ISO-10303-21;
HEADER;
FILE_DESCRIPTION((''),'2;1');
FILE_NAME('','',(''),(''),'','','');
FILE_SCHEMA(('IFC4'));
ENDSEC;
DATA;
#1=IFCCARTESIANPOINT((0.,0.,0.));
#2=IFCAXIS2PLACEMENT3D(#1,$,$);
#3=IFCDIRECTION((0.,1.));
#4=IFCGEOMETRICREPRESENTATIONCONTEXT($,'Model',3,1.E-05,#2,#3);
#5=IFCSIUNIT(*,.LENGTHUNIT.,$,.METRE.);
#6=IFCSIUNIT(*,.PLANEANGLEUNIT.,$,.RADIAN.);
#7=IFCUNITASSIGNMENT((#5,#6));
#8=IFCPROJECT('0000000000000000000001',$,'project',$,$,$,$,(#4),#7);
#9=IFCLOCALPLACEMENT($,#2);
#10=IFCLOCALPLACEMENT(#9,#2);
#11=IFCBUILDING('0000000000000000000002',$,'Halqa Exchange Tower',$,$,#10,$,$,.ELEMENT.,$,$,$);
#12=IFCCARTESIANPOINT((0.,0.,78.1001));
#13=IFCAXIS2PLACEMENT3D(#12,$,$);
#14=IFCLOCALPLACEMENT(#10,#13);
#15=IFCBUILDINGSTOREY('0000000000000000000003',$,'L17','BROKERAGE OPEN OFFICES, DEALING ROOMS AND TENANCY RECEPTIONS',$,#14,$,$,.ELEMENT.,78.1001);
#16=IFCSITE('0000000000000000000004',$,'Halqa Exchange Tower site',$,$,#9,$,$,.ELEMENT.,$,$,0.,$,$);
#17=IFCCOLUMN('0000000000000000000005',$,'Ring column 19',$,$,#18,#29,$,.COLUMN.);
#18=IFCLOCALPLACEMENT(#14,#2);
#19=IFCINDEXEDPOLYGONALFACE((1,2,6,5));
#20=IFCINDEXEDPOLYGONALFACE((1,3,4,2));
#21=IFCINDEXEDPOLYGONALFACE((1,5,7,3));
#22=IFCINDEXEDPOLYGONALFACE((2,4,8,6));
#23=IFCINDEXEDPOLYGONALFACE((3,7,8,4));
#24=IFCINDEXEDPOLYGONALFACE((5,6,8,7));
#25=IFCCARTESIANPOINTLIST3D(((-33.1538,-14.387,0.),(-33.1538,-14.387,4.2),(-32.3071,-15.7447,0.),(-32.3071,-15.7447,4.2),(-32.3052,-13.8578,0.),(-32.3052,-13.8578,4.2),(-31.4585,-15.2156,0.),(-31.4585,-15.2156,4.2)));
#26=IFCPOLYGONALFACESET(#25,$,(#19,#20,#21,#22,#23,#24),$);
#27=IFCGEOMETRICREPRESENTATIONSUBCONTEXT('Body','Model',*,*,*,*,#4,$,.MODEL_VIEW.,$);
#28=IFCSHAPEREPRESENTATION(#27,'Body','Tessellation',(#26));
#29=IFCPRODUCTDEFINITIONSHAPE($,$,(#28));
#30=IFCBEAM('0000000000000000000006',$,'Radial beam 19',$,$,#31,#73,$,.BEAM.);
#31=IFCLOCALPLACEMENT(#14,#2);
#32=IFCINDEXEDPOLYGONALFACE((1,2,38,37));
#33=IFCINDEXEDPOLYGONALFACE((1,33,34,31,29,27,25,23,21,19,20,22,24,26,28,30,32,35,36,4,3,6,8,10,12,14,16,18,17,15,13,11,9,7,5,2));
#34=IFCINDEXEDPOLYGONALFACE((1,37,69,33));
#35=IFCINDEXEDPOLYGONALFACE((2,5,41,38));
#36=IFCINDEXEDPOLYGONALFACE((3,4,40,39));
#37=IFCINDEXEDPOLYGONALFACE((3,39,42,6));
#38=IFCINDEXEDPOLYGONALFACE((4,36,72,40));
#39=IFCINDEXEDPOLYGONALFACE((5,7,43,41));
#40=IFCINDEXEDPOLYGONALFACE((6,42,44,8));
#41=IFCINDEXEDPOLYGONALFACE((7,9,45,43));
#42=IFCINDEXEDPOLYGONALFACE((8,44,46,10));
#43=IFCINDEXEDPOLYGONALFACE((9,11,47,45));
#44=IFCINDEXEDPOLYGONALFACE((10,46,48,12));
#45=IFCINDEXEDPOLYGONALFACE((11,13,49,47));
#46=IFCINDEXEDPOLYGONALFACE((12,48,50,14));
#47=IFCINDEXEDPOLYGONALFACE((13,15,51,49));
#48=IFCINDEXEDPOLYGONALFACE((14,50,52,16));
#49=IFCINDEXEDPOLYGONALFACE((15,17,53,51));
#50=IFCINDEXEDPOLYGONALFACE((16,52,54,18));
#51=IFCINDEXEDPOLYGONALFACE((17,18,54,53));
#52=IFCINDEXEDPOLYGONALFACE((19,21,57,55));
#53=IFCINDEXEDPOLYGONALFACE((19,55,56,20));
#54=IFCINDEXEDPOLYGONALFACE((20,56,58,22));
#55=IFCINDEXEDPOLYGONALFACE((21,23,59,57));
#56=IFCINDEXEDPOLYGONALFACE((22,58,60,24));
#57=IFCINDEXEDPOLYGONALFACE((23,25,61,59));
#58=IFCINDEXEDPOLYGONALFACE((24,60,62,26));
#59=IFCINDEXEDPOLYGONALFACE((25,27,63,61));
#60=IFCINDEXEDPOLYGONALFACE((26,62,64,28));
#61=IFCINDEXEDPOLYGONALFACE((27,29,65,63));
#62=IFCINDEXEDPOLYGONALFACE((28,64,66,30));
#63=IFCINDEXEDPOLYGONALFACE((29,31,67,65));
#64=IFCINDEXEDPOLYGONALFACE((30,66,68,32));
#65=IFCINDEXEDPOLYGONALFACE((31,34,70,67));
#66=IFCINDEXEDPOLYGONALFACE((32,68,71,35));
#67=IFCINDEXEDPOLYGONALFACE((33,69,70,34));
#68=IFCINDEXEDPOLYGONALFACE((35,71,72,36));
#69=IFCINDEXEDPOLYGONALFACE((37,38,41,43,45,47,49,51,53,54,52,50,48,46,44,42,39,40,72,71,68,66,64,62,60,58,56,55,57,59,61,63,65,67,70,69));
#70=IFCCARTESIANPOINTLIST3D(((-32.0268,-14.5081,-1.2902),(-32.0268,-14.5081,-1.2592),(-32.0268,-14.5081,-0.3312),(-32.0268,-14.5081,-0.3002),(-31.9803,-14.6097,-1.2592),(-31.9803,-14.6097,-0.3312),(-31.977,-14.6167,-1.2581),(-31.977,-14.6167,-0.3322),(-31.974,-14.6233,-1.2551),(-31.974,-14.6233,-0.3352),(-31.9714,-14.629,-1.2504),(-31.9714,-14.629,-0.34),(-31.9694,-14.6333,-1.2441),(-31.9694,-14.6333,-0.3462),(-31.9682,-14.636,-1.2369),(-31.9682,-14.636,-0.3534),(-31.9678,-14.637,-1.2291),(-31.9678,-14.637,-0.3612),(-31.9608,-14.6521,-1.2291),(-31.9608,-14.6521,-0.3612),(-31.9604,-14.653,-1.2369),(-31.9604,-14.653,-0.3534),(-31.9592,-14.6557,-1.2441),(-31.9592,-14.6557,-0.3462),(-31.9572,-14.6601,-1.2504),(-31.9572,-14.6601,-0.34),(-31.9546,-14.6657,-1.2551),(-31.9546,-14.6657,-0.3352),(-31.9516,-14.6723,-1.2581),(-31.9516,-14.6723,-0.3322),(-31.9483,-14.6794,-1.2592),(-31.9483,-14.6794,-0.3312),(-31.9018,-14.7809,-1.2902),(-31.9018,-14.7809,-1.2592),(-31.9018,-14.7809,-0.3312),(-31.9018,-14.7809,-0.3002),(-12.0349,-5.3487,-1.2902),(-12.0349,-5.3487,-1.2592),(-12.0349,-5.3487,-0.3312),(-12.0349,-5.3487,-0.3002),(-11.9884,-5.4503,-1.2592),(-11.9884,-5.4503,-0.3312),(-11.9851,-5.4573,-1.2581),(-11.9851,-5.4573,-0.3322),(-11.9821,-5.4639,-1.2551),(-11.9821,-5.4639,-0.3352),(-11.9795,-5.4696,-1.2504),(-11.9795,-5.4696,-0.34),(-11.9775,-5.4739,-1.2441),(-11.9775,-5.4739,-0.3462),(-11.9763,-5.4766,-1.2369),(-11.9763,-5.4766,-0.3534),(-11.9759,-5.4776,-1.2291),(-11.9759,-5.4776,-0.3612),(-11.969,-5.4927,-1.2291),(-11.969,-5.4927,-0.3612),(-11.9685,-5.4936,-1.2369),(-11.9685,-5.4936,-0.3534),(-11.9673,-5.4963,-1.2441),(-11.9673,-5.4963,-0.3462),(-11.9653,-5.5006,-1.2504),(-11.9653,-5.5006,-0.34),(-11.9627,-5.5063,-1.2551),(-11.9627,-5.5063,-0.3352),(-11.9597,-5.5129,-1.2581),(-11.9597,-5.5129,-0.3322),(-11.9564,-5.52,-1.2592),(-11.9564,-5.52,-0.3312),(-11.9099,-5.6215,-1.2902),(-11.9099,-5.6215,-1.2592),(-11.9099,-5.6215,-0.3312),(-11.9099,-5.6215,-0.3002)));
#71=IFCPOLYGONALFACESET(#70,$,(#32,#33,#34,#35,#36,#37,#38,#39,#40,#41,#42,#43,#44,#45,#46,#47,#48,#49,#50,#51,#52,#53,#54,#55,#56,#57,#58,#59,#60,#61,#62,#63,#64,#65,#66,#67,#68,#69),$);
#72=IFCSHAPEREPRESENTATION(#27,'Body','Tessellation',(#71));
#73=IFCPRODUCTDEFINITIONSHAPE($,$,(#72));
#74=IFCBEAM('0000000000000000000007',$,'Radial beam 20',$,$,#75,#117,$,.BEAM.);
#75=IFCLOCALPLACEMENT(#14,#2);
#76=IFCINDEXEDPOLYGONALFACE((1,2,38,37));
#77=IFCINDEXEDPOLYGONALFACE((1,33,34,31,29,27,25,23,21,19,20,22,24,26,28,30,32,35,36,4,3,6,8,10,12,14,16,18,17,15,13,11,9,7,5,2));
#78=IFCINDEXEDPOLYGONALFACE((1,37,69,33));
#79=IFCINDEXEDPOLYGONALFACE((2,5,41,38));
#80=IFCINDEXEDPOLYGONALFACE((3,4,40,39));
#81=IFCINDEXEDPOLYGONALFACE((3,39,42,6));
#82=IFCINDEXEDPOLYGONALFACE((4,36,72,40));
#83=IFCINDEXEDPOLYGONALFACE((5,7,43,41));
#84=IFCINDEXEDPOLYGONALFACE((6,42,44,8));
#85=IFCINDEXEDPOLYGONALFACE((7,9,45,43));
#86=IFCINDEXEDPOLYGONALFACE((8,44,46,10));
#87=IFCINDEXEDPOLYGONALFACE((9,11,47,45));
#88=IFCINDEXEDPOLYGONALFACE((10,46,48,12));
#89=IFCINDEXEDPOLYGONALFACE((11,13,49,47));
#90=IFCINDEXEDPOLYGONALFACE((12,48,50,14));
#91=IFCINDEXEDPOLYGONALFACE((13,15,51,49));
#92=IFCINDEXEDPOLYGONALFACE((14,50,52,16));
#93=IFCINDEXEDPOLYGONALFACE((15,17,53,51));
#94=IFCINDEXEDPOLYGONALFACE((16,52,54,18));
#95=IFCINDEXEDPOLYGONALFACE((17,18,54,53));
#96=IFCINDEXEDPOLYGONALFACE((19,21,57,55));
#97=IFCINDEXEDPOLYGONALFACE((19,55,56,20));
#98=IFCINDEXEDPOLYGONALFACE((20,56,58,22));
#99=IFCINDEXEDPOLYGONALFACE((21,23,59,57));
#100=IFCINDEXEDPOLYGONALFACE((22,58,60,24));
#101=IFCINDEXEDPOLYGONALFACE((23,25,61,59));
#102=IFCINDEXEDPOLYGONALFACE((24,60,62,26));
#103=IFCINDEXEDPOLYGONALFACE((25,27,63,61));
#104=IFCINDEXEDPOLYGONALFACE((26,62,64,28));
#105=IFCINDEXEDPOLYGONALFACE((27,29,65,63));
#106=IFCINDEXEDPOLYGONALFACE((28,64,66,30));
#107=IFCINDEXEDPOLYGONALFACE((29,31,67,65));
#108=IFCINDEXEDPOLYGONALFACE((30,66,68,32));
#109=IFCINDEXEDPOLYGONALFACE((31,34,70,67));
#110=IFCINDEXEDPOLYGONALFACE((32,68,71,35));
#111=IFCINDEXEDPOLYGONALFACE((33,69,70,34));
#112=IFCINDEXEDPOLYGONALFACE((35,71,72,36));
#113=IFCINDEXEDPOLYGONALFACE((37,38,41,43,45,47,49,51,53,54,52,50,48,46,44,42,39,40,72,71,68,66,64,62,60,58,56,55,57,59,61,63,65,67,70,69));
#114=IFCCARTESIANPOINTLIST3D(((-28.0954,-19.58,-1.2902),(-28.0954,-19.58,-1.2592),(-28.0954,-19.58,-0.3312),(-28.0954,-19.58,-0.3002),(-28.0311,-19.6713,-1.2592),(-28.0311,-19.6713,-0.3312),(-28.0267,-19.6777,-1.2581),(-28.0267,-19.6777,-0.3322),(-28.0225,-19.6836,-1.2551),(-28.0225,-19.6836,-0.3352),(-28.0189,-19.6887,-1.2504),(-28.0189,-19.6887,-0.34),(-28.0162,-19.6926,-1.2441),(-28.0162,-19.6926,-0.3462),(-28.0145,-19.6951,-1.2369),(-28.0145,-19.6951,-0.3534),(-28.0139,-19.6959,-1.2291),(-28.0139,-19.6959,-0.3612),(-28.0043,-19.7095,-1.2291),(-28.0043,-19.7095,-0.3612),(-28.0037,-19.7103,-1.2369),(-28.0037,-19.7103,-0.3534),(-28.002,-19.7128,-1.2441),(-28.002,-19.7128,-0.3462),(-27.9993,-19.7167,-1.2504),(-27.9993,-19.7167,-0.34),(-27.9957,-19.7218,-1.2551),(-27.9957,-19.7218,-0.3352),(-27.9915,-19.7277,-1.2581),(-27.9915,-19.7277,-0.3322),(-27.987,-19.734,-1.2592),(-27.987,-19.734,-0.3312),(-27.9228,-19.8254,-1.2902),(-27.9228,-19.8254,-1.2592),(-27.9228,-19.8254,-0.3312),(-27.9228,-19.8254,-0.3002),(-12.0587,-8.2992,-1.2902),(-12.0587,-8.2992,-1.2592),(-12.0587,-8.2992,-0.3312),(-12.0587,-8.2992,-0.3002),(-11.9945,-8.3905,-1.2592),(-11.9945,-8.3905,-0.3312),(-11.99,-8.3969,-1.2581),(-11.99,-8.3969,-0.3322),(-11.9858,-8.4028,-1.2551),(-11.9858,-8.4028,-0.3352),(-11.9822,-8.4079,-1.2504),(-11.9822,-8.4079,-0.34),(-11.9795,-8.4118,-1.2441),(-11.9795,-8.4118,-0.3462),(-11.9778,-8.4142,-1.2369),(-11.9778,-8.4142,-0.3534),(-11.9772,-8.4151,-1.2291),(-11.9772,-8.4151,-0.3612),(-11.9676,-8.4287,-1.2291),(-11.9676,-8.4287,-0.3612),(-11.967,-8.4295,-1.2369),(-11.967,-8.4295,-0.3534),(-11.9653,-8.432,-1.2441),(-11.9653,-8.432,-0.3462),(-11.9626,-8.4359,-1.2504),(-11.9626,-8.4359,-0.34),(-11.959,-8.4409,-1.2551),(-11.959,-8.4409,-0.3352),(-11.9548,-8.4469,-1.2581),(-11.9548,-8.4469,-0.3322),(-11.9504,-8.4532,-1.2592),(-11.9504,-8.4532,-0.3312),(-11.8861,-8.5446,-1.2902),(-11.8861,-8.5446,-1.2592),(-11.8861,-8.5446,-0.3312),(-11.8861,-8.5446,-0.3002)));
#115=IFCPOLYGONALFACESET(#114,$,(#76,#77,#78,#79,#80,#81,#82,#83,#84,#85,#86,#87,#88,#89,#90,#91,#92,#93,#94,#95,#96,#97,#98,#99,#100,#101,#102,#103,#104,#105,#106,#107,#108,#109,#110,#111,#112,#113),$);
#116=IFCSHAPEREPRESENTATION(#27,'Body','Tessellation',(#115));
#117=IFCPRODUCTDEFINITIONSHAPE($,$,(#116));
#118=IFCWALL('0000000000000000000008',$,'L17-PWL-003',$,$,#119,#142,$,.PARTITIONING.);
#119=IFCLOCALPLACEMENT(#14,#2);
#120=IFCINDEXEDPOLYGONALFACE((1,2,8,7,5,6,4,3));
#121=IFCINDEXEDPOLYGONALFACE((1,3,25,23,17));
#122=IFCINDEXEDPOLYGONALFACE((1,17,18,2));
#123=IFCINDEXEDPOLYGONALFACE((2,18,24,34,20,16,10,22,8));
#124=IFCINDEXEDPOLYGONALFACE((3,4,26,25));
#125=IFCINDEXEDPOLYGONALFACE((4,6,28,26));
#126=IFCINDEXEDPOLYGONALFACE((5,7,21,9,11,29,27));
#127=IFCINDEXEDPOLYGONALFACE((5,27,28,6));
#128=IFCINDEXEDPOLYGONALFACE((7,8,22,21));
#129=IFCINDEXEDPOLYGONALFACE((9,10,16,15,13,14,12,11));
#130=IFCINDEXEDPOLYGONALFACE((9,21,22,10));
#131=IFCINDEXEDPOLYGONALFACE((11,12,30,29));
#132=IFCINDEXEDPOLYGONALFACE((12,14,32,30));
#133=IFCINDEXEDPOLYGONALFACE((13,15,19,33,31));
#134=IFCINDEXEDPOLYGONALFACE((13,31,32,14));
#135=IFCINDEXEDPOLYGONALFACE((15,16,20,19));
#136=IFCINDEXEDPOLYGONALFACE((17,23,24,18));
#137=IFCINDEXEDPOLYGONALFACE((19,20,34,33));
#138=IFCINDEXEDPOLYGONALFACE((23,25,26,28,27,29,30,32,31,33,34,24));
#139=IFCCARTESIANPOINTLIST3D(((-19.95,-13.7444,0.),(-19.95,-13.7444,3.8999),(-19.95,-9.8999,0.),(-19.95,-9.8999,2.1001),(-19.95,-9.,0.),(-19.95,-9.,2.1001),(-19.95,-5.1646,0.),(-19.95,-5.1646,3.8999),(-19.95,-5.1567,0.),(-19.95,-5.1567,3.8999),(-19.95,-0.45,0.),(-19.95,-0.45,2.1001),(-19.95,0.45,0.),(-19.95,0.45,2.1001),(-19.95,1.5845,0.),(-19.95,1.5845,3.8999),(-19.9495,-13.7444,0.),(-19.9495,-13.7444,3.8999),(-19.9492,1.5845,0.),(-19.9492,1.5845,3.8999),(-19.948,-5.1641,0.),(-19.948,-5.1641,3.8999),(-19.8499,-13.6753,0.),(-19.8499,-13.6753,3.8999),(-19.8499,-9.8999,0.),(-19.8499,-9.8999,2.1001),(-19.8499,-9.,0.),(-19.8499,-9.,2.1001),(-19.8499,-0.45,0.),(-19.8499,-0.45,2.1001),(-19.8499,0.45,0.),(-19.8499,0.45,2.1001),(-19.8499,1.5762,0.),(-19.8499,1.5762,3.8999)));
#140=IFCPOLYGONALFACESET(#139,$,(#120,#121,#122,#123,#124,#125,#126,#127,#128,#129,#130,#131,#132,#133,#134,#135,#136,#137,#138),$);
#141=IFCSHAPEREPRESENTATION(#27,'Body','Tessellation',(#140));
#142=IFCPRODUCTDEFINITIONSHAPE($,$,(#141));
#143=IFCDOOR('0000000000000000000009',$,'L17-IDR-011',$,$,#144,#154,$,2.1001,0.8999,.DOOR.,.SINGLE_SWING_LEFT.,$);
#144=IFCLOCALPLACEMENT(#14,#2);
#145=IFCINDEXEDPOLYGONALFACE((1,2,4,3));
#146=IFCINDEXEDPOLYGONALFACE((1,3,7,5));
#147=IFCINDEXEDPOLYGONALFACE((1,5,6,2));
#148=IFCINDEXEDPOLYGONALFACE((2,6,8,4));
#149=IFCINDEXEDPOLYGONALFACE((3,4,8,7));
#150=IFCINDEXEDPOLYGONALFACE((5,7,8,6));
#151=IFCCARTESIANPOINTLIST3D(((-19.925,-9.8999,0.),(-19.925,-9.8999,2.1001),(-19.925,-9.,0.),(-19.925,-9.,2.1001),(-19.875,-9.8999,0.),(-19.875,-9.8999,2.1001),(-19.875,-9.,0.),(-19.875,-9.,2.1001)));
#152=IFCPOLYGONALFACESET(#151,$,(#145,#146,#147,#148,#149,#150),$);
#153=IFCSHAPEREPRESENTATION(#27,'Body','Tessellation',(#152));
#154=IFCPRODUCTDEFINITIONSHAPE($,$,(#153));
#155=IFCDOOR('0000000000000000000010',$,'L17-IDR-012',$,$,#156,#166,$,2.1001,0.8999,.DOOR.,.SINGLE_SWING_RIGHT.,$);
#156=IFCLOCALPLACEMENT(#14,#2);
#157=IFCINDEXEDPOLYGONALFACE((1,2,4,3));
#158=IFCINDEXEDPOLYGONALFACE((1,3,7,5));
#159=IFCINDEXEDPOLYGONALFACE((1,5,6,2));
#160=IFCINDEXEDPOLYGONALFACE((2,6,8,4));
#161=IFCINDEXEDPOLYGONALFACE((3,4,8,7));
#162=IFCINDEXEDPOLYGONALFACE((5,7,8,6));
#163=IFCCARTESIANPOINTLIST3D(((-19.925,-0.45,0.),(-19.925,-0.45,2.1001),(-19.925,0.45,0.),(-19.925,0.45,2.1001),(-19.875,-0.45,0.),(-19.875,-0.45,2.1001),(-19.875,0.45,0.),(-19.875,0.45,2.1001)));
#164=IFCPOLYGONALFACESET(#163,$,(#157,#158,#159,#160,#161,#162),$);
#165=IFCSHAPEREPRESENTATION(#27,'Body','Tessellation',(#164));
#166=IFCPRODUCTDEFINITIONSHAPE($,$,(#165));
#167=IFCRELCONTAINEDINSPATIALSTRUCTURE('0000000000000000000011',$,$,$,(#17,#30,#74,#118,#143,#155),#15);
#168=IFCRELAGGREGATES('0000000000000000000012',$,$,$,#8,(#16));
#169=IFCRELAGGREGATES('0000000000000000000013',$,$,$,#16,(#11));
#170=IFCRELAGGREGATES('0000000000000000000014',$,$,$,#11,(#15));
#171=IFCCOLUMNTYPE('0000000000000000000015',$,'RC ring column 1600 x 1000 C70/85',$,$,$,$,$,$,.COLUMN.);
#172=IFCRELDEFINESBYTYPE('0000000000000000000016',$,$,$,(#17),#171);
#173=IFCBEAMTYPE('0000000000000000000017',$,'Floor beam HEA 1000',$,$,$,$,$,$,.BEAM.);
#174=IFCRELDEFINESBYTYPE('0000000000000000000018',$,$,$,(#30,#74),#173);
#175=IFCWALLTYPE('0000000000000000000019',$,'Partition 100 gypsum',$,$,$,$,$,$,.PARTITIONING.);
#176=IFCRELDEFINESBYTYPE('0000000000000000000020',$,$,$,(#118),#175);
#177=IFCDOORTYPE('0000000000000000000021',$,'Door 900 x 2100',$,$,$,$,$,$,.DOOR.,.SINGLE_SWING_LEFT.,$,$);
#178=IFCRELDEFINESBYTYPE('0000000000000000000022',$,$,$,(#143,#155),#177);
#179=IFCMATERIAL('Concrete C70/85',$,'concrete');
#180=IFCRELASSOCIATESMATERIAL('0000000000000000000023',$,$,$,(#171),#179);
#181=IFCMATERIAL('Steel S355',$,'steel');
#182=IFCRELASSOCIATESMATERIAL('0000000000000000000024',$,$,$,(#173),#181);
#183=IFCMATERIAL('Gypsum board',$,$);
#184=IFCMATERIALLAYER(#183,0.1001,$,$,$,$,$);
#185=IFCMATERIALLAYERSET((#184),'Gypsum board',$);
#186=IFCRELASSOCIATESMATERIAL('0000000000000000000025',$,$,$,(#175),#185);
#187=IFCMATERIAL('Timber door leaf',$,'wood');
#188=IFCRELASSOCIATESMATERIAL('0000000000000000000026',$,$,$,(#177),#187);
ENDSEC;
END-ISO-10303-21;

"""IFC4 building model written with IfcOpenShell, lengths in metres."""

from ifc_helpers import new_model, si_unit, direction, frame, frame_2d, origin, origin_2d, place, context, subcontext, project, spatial, polyline, rectangle, i_section, outline, extrude, material, layer, layer_set, material_profile, profile_set, type_object, element, fill, save


model = new_model("IFC4")

# Units and contexts
model_context = context("Model", 3, precision=1e-05, world=origin(), true_north=direction((0.0, 1.0)))
body_context = subcontext(model_context, "Body", "Model", "MODEL_VIEW")
ifc_project = project(units=[si_unit("LENGTHUNIT", "METRE"), si_unit("PLANEANGLEUNIT", "RADIAN")], contexts=[model_context])

# Site, building, storey
site_placement = place(None, origin())
site = spatial("IfcSite", under=ifc_project, at=site_placement, Name="Halqa Exchange Tower site", CompositionType="ELEMENT", RefElevation=0.0)
building_placement = place(site_placement, origin())
building = spatial("IfcBuilding", under=site, at=building_placement, Name="Halqa Exchange Tower", CompositionType="ELEMENT")
storey_placement = place(building_placement, frame((0.0, 0.0, 78.1001)))
storey = spatial("IfcBuildingStorey", under=building, at=storey_placement, Name="L17", Description="BROKERAGE OPEN OFFICES, DEALING ROOMS AND TENANCY RECEPTIONS", CompositionType="ELEMENT", Elevation=78.1001)

# Column
ifc_material_1 = material(Name="Concrete C70/85", Category="concrete")
ifc_material_profile_1 = material_profile(ifc_material_1, rectangle(XDim=1.6001, YDim=1.0, at=origin_2d()), Name="1600 x 1000")
ifc_profile_set_1 = profile_set([ifc_material_profile_1], Name="Concrete C70/85")
column_type = type_object("IfcColumnType", Name="RC ring column 1600 x 1000 C70/85", PredefinedType="COLUMN", material=ifc_profile_set_1)
column_placement = place(storey_placement, frame((-32.3062, -14.8013, 0.0), z_axis=(0.0, 0.0, 1.0), x_axis=(0.529145, -0.848531, 0.0)))
element("IfcColumn", 1, at=column_placement, inside=storey, type_object=column_type, Name="Ring column 19", PredefinedType="COLUMN", context=body_context, shape_type="SweptSolid", body=[
    extrude(rectangle(XDim=1.6001, YDim=1.0, at=origin_2d()), origin(), (0.0, 0.0, 1.0), 4.2),
])

# Beams
ifc_material_2 = material(Name="Steel S355", Category="steel")
ifc_material_profile_2 = material_profile(ifc_material_2, i_section(OverallWidth=0.3, OverallDepth=0.99, WebThickness=0.0166, FlangeThickness=0.031, FilletRadius=0.03, at=origin_2d()), Name="HEA 1000")
ifc_profile_set_2 = profile_set([ifc_material_profile_2], Name="Steel S355")
beam_type = type_object("IfcBeamType", Name="Floor beam HEA 1000", PredefinedType="BEAM", material=ifc_profile_set_2)
beam_1_placement = place(storey_placement, frame((-11.9724, -5.4851, -0.7952), z_axis=(-0.909126, -0.416521, 0.0), x_axis=(0.416521, -0.909126, 0.0)))
element("IfcBeam", 2, at=beam_1_placement, inside=storey, type_object=beam_type, Name="Radial beam 19", PredefinedType="BEAM", context=body_context, shape_type="SweptSolid", body=[
    extrude(i_section(OverallWidth=0.3, OverallDepth=0.99, WebThickness=0.0166, FlangeThickness=0.031, FilletRadius=0.03, at=origin_2d()), origin(), (0.0, 0.0, 1.0), 21.9902),
])
beam_2_placement = place(storey_placement, frame((-11.9724, -8.4219, -0.7952), z_axis=(-0.817909, -0.575348, 0.0), x_axis=(0.575348, -0.817909, 0.0)))
element("IfcBeam", 3, at=beam_2_placement, inside=storey, type_object=beam_type, Name="Radial beam 20", PredefinedType="BEAM", context=body_context, shape_type="SweptSolid", body=[
    extrude(i_section(OverallWidth=0.3, OverallDepth=0.99, WebThickness=0.0166, FlangeThickness=0.031, FilletRadius=0.03, at=origin_2d()), origin(), (0.0, 0.0, 1.0), 19.6069),
])

# Wall, openings, doors
ifc_material_3 = material(Name="Gypsum board")
ifc_layer_1 = layer(ifc_material_3, 0.1001)
ifc_layer_set_1 = layer_set([ifc_layer_1], Name="Gypsum board")
wall_type_1 = type_object("IfcWallType", Name="Partition 100 gypsum", PredefinedType="PARTITIONING", material=ifc_layer_set_1)
wall_1_placement = place(storey_placement, frame((-19.8999, -13.7444, 0.0), z_axis=(0.0, 0.0, 1.0), x_axis=(0.0, 1.0, 0.0)))
wall_1 = element("IfcWall", 4, at=wall_1_placement, inside=storey, type_object=wall_type_1, Name="L17-PWL-003", PredefinedType="PARTITIONING", context=body_context, shape_type="SweptSolid", body=[
    extrude(outline(polyline([(0.0691, -0.05), (1.9756, -0.05), (3.8821, -0.05), (5.7883, -0.05), (7.6948, -0.05), (9.6013, -0.05), (11.5078, -0.05), (13.4141, -0.05), (15.3206, -0.05), (15.3289, 0.0493), (15.3289, 0.05), (13.6436, 0.05), (11.9583, 0.05), (10.2729, 0.05), (8.5876, 0.05), (8.5803, 0.0481), (8.5798, 0.05), (6.864, 0.05), (5.1479, 0.05), (3.4319, 0.05), (1.7161, 0.05), (0.0, 0.05), (0.0, 0.0496), (0.0691, -0.05)])), origin(), (0.0, 0.0, 1.0), 3.8999),
])
opening_1_placement = place(wall_1_placement, frame((3.8445, 0.0, 0.0)))
opening_1 = element("IfcOpeningElement", 5, at=opening_1_placement, cuts=wall_1, PredefinedType="OPENING", context=body_context, shape_type="SweptSolid", body=[
    extrude(rectangle(XDim=0.8999, YDim=2.1001, at=frame_2d((0.45, 1.05))), frame((0.0, 0.062, 0.0), z_axis=(0.0, -1.0, 0.0), x_axis=(1.0, 0.0, 0.0)), (0.0, 0.0, 1.0), 0.124),
])
opening_2_placement = place(wall_1_placement, frame((13.2944, 0.0, 0.0)))
opening_2 = element("IfcOpeningElement", 6, at=opening_2_placement, cuts=wall_1, PredefinedType="OPENING", context=body_context, shape_type="SweptSolid", body=[
    extrude(rectangle(XDim=0.8999, YDim=2.1001, at=frame_2d((0.45, 1.05))), frame((0.0, 0.062, 0.0), z_axis=(0.0, -1.0, 0.0), x_axis=(1.0, 0.0, 0.0)), (0.0, 0.0, 1.0), 0.124),
])
ifc_material_4 = material(Name="Timber door leaf", Category="wood")
door_type_1 = type_object("IfcDoorType", Name="Door 900 x 2100", OperationType="SINGLE_SWING_LEFT", PredefinedType="DOOR", material=ifc_material_4)
door_1_placement = place(opening_1_placement, frame((0.8999, 0.0, 0.0), z_axis=(0.0, 0.0, 1.0), x_axis=(-1.0, 0.0, 0.0)))
door_1 = element("IfcDoor", 7, at=door_1_placement, inside=storey, type_object=door_type_1, Name="L17-IDR-011", OperationType="SINGLE_SWING_LEFT", OverallHeight=2.1001, OverallWidth=0.8999, PredefinedType="DOOR", context=body_context, shape_type="SweptSolid", body=[
    extrude(rectangle(XDim=0.8999, YDim=2.1001, at=frame_2d((0.45, 1.05))), frame((0.0, 0.0249, 0.0), z_axis=(0.0, -1.0, 0.0), x_axis=(1.0, 0.0, 0.0)), (0.0, 0.0, 1.0), 0.05),
])
fill(opening_1, door_1)
door_2_placement = place(opening_2_placement, frame((0.8999, 0.0, 0.0), z_axis=(0.0, 0.0, 1.0), x_axis=(-1.0, 0.0, 0.0)))
door_2 = element("IfcDoor", 8, at=door_2_placement, inside=storey, type_object=door_type_1, Name="L17-IDR-012", OperationType="SINGLE_SWING_RIGHT", OverallHeight=2.1001, OverallWidth=0.8999, PredefinedType="DOOR", context=body_context, shape_type="SweptSolid", body=[
    extrude(rectangle(XDim=0.8999, YDim=2.1001, at=frame_2d((0.45, 1.05))), frame((0.0, 0.0249, 0.0), z_axis=(0.0, -1.0, 0.0), x_axis=(1.0, 0.0, 0.0)), (0.0, 0.0, 1.0), 0.05),
])
fill(opening_2, door_2)

save(model, "model.ifc")
